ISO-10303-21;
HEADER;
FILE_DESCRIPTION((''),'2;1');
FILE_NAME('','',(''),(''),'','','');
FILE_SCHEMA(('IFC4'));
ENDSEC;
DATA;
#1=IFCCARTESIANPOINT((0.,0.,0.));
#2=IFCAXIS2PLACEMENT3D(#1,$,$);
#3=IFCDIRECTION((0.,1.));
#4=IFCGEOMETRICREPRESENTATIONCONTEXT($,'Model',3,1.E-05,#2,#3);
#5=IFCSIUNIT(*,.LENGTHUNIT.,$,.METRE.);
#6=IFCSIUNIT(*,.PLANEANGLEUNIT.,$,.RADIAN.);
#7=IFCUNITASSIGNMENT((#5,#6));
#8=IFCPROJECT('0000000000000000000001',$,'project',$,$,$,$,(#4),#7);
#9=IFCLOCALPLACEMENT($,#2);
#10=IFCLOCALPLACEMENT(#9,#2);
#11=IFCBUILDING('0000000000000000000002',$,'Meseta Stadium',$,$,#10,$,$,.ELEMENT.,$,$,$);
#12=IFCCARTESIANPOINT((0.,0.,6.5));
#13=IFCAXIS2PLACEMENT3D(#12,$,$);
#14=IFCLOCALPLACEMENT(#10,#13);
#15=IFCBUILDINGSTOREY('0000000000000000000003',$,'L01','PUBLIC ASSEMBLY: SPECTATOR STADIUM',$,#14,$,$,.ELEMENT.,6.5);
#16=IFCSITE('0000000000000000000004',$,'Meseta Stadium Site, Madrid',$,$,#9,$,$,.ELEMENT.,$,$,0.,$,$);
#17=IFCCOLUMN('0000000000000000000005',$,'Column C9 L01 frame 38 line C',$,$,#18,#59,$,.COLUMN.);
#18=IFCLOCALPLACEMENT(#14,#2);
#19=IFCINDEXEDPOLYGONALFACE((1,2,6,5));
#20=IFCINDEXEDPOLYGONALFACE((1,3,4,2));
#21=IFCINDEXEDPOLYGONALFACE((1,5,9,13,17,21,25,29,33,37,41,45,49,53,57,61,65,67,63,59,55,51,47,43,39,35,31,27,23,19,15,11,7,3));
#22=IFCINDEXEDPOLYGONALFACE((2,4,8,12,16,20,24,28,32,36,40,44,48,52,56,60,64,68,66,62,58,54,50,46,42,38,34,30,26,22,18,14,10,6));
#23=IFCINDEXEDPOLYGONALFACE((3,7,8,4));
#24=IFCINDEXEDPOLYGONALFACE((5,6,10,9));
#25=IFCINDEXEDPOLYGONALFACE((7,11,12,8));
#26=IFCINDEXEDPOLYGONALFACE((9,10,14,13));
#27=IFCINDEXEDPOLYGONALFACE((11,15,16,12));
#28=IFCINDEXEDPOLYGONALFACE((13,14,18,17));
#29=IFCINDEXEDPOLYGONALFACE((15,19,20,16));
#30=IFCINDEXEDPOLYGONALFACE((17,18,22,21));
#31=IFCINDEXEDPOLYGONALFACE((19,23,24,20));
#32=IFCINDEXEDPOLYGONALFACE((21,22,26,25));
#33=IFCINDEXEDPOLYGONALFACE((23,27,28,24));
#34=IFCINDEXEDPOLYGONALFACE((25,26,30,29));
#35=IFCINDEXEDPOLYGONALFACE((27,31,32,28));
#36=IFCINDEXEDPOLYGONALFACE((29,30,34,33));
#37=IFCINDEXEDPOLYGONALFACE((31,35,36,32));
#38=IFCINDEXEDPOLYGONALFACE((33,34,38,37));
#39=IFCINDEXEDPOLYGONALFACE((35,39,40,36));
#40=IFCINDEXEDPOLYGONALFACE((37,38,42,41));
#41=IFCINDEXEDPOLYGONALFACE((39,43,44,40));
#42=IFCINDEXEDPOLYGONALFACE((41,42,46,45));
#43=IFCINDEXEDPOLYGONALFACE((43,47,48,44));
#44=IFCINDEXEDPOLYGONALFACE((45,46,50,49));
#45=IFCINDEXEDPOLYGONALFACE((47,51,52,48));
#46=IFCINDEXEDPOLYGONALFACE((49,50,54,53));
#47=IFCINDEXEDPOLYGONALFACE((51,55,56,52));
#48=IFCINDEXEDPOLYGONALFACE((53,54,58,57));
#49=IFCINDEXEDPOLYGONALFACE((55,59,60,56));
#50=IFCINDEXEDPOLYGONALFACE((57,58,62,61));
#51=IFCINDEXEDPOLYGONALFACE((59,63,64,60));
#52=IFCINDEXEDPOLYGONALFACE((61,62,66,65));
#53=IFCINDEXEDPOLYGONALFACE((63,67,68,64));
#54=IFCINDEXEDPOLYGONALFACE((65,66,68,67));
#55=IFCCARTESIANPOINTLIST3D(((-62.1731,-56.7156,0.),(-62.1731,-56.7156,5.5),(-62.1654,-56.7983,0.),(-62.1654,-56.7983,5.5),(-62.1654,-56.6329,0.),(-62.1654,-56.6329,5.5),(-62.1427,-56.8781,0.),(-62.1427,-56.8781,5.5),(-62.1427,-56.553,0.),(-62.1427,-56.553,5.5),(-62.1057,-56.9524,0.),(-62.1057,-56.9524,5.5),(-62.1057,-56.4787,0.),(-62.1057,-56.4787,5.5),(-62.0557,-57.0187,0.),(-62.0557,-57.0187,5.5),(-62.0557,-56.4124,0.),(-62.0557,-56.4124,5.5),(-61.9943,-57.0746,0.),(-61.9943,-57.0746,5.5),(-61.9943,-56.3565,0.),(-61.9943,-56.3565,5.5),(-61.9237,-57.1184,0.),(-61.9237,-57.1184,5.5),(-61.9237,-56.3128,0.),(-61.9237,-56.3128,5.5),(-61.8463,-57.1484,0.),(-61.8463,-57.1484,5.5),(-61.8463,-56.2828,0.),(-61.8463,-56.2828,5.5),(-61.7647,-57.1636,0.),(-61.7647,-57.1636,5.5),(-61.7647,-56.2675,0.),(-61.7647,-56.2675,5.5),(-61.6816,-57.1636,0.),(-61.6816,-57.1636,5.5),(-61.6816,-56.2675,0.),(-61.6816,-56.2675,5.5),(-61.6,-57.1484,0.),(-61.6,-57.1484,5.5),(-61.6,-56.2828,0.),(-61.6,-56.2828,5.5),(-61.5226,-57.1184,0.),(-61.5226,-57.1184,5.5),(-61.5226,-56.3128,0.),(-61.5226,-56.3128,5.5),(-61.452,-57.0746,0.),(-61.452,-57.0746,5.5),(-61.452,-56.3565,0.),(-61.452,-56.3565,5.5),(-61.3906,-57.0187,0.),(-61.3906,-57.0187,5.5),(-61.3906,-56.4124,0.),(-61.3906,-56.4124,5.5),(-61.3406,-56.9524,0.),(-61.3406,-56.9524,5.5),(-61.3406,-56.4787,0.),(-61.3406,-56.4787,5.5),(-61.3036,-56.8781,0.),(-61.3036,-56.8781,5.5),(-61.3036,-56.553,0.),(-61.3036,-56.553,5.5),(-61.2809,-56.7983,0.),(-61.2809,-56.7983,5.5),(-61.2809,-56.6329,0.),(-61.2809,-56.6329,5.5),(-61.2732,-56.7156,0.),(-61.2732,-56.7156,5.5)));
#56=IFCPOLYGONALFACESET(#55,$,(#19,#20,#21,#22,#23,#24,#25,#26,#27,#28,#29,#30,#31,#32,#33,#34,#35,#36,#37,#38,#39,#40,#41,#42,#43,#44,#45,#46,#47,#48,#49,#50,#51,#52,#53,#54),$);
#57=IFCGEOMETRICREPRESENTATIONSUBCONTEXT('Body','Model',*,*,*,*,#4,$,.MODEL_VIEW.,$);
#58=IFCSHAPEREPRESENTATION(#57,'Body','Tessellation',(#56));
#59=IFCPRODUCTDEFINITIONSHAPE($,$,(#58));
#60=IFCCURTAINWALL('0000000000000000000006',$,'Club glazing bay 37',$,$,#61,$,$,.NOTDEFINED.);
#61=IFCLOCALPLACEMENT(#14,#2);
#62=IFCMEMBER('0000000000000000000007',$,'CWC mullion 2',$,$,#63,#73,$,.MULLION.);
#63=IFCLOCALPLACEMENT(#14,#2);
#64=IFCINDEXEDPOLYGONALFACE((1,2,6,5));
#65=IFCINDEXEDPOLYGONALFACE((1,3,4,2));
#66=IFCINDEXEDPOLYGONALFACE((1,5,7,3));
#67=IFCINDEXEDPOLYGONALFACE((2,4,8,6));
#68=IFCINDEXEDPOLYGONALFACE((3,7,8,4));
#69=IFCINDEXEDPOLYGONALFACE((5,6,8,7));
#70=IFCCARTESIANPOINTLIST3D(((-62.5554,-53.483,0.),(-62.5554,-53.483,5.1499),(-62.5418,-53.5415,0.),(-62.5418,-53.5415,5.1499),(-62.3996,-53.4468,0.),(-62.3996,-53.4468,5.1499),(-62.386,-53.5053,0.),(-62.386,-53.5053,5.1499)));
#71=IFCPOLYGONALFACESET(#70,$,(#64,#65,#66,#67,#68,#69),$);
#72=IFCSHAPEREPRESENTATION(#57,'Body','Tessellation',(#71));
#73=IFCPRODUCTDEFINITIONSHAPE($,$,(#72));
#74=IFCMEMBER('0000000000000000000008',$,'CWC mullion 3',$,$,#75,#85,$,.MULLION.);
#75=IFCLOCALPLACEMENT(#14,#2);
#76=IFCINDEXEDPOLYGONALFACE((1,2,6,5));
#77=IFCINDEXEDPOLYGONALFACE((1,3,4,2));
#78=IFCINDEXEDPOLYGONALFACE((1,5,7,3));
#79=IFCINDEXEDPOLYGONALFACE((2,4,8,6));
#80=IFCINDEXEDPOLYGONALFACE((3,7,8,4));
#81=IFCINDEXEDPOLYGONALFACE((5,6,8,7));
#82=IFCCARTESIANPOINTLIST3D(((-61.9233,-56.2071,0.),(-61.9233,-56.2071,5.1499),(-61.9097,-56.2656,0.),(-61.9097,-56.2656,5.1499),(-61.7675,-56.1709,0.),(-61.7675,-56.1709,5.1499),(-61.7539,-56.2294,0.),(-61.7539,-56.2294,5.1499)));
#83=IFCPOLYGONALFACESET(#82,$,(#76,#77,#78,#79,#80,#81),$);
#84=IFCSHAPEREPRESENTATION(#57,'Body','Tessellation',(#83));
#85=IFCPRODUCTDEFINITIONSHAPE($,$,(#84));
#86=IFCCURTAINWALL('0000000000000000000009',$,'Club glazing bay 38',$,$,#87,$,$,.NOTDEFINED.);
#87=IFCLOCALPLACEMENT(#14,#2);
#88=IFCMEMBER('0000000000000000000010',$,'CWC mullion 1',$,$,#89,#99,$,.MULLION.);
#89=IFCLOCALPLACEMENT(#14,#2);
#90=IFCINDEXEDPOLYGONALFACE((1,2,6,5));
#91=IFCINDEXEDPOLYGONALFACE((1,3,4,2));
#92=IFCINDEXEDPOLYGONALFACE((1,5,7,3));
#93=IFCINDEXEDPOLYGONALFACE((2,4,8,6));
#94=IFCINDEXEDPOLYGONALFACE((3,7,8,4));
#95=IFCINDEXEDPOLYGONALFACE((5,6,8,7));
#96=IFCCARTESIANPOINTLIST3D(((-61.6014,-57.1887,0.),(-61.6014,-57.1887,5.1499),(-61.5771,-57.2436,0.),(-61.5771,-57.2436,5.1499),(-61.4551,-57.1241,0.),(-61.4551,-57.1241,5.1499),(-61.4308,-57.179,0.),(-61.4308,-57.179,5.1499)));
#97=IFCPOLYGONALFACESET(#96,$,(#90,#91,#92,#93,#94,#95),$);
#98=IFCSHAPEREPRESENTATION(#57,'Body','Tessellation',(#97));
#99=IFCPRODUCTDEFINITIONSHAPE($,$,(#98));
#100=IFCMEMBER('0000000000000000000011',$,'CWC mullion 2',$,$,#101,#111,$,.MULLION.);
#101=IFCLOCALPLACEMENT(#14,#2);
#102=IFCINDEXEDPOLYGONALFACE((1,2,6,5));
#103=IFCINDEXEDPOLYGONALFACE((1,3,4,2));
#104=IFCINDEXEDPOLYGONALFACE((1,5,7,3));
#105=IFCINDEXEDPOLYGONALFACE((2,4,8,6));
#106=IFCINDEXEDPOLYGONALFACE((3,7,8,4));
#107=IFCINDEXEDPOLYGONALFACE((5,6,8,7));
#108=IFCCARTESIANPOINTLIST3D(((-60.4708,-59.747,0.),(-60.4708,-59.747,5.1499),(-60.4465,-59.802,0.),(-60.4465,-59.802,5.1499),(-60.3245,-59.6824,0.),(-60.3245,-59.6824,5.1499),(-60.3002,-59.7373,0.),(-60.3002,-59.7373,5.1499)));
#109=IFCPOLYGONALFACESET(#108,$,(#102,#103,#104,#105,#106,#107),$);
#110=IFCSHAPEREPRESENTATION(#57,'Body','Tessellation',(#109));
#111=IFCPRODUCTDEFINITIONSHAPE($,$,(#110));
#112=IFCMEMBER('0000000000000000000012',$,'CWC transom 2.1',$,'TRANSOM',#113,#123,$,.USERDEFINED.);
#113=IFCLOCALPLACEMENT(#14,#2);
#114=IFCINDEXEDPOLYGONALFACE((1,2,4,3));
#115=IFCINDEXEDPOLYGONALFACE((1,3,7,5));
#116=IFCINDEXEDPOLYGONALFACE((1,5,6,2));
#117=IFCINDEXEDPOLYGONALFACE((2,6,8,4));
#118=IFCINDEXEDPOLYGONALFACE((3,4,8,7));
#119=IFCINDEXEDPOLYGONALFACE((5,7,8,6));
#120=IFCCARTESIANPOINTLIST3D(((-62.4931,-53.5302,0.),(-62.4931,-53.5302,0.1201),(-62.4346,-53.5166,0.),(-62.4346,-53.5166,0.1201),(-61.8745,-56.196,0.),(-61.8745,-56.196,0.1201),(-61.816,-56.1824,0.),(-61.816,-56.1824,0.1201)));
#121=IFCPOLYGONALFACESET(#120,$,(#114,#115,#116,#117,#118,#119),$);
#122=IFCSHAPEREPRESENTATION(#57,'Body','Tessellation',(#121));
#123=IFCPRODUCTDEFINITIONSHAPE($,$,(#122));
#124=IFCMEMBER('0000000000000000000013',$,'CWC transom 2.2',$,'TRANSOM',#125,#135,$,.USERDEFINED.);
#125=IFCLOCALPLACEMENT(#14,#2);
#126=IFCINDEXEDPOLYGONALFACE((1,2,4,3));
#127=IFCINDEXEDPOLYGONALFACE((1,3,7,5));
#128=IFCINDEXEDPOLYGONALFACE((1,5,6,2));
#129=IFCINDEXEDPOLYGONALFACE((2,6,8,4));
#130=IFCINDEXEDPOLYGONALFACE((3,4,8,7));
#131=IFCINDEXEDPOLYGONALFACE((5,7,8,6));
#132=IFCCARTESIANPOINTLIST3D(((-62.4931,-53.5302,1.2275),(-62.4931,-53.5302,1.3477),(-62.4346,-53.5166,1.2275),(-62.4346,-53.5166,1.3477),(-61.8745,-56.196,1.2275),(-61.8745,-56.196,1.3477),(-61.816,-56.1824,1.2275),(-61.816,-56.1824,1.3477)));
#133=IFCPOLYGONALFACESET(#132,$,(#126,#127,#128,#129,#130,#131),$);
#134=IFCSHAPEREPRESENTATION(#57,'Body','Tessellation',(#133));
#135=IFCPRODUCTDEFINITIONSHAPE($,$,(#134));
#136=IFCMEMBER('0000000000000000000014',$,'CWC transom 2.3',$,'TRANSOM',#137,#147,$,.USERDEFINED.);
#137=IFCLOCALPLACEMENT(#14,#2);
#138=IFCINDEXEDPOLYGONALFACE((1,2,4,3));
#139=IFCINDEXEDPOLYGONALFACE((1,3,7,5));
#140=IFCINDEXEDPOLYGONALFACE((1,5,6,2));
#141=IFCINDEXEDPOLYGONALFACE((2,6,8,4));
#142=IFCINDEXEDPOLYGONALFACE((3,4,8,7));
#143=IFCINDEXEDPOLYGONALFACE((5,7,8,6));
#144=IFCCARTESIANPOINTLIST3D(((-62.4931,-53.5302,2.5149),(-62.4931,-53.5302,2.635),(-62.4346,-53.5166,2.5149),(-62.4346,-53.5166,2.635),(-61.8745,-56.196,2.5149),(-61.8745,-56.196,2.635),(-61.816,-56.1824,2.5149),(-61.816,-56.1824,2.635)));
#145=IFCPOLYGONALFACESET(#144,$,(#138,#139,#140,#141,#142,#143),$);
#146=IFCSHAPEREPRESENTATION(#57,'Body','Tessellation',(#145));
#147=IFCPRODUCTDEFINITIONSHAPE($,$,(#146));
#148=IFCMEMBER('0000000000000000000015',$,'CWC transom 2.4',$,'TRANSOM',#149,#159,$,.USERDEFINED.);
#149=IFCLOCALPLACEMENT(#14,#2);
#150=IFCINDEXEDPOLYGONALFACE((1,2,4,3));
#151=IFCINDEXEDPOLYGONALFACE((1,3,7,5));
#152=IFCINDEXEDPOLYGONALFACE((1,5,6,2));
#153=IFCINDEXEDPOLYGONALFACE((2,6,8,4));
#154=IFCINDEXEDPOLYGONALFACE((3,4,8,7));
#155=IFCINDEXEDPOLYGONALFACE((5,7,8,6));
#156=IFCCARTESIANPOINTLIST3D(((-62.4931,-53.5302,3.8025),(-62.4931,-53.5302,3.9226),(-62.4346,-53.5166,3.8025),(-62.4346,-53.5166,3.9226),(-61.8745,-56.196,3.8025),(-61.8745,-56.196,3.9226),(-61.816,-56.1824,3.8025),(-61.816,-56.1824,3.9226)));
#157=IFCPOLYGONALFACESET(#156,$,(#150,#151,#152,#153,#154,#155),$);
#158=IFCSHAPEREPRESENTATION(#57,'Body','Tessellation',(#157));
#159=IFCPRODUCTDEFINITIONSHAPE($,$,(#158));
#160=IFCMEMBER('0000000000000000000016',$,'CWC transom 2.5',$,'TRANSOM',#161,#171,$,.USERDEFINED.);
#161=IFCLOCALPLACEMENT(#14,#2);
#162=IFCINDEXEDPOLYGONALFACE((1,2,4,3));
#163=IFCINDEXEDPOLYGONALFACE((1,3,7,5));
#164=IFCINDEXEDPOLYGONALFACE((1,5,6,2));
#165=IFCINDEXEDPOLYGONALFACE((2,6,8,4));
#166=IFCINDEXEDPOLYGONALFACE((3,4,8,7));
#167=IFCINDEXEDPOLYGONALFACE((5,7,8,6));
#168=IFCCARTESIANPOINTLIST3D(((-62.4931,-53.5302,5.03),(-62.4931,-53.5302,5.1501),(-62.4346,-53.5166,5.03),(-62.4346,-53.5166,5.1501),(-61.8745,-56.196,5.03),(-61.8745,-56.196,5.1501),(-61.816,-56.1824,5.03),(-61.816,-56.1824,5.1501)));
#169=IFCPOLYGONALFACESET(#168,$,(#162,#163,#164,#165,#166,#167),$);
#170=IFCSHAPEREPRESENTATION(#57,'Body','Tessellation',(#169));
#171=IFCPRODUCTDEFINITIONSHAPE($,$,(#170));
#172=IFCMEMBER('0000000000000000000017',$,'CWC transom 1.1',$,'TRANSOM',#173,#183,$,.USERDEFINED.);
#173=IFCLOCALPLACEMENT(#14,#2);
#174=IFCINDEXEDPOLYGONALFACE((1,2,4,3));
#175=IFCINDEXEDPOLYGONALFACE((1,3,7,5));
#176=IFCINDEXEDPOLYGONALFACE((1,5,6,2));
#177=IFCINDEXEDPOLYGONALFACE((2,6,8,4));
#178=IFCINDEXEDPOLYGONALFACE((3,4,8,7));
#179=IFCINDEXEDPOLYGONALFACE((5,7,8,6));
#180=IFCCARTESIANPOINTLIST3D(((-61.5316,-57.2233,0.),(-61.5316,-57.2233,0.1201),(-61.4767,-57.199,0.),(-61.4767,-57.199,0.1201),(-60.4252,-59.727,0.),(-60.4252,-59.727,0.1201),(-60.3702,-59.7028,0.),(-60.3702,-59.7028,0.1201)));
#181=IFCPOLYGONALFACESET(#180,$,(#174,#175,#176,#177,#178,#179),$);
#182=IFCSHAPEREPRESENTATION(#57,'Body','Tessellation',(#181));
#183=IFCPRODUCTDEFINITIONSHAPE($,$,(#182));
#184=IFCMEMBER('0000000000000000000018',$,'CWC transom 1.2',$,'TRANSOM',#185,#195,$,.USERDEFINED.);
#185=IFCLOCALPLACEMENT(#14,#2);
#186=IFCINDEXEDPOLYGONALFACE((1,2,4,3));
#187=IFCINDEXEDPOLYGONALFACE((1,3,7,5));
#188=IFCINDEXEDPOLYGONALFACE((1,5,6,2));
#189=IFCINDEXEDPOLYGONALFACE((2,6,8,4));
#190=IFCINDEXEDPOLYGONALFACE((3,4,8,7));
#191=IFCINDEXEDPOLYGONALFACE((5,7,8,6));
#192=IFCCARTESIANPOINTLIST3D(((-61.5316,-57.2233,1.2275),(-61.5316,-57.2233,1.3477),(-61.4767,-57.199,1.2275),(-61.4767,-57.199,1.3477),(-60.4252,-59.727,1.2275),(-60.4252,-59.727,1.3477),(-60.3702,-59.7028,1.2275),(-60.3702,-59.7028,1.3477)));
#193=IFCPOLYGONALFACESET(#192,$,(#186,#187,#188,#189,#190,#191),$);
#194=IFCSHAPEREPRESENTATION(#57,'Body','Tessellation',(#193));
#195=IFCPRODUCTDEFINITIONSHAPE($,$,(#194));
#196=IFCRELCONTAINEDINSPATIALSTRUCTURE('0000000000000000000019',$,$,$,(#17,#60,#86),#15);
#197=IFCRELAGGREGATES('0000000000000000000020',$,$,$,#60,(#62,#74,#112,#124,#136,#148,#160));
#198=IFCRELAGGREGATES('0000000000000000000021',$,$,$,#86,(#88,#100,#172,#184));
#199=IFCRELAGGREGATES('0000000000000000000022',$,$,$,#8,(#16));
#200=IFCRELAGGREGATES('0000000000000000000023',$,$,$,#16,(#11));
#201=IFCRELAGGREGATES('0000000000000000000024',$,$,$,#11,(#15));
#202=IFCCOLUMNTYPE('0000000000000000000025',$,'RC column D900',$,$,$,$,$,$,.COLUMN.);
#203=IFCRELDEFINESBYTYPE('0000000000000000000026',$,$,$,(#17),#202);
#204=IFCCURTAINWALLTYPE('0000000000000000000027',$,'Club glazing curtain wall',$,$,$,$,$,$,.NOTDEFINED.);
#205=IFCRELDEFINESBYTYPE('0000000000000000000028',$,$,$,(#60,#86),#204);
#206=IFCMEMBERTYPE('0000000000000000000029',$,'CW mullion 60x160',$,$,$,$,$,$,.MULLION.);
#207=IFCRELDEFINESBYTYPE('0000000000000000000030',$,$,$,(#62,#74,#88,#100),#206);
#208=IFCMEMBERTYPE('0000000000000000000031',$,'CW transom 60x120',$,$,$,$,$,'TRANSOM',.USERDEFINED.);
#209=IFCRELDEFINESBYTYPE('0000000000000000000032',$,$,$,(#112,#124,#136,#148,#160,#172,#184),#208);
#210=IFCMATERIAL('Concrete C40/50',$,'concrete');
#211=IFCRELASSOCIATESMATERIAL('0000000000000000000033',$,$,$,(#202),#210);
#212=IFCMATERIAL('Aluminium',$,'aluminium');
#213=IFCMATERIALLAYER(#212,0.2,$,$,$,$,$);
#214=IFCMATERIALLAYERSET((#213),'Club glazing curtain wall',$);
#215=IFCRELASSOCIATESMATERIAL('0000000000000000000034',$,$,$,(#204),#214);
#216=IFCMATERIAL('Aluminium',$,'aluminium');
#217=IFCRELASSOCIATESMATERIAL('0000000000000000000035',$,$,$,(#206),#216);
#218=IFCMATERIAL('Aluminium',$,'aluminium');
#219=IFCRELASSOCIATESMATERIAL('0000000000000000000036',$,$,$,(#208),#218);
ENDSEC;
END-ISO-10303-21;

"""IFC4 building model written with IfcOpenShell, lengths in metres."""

from ifc_helpers import new_model, si_unit, direction, frame, origin, origin_2d, place, context, subcontext, project, spatial, rectangle, circle, extrude, material, layer, layer_set, material_profile, profile_set, type_object, element, aggregate, save


model = new_model("IFC4")

# Units and contexts
model_context = context("Model", 3, precision=1e-05, world=origin(), true_north=direction((0.0, 1.0)))
body_context = subcontext(model_context, "Body", "Model", "MODEL_VIEW")
ifc_project = project(units=[si_unit("LENGTHUNIT", "METRE"), si_unit("PLANEANGLEUNIT", "RADIAN")], contexts=[model_context])

# Site, building, storey
site_placement = place(None, origin())
site = spatial("IfcSite", under=ifc_project, at=site_placement, Name="Meseta Stadium Site, Madrid", CompositionType="ELEMENT", RefElevation=0.0)
building_placement = place(site_placement, origin())
building = spatial("IfcBuilding", under=site, at=building_placement, Name="Meseta Stadium", CompositionType="ELEMENT")
storey_placement = place(building_placement, frame((0.0, 0.0, 6.5)))
storey = spatial("IfcBuildingStorey", under=building, at=storey_placement, Name="L01", Description="PUBLIC ASSEMBLY: SPECTATOR STADIUM", CompositionType="ELEMENT", Elevation=6.5)

# Column
ifc_material_1 = material(Name="Concrete C40/50", Category="concrete")
ifc_material_profile_1 = material_profile(ifc_material_1, circle(Radius=0.45, at=origin_2d()), Name="RC D900")
ifc_profile_set_1 = profile_set([ifc_material_profile_1], Name="Concrete C40/50")
column_type = type_object("IfcColumnType", Name="RC column D900", PredefinedType="COLUMN", material=ifc_profile_set_1)
column_placement = place(storey_placement, frame((-61.7231, -56.7156, 0.0), z_axis=(0.0, 0.0, 1.0), x_axis=(1.0, 0.0, 0.0)))
element("IfcColumn", 1, at=column_placement, inside=storey, type_object=column_type, Name="Column C9 L01 frame 38 line C", PredefinedType="COLUMN", context=body_context, shape_type="SweptSolid", body=[
    extrude(circle(Radius=0.45, at=origin_2d()), origin(), (0.0, 0.0, 1.0), 5.5),
])

# Curtain walls, members
ifc_material_2 = material(Name="Aluminium", Category="aluminium")
ifc_layer_1 = layer(ifc_material_2, 0.2)
ifc_layer_set_1 = layer_set([ifc_layer_1], Name="Club glazing curtain wall")
curtain_wall_type = type_object("IfcCurtainWallType", Name="Club glazing curtain wall", PredefinedType="NOTDEFINED", material=ifc_layer_set_1)
curtain_wall_1_placement = place(storey_placement, origin())
curtain_wall_1 = element("IfcCurtainWall", 2, at=curtain_wall_1_placement, inside=storey, type_object=curtain_wall_type, Name="Club glazing bay 37", PredefinedType="NOTDEFINED")
ifc_material_3 = material(Name="Aluminium", Category="aluminium")
ifc_material_profile_2 = material_profile(ifc_material_3, rectangle(XDim=0.1599, YDim=0.0601, at=origin_2d()), Name="CW 160x60")
ifc_profile_set_2 = profile_set([ifc_material_profile_2], Name="Aluminium")
member_type_1 = type_object("IfcMemberType", Name="CW mullion 60x160", PredefinedType="MULLION", material=ifc_profile_set_2)
member_1_placement = place(storey_placement, frame((-62.4707, -53.4941, 0.0), z_axis=(0.0, 0.0, 1.0), x_axis=(0.974116, 0.226048, 0.0)))
member_1 = element("IfcMember", 3, at=member_1_placement, type_object=member_type_1, Name="CWC mullion 2", PredefinedType="MULLION", context=body_context, shape_type="SweptSolid", body=[
    extrude(rectangle(XDim=0.1599, YDim=0.0601, at=origin_2d()), origin(), (0.0, 0.0, 1.0), 5.1499),
])
member_2_placement = place(storey_placement, frame((-61.8386, -56.2183, 0.0), z_axis=(0.0, 0.0, 1.0), x_axis=(0.974116, 0.226048, 0.0)))
member_2 = element("IfcMember", 4, at=member_2_placement, type_object=member_type_1, Name="CWC mullion 3", PredefinedType="MULLION", context=body_context, shape_type="SweptSolid", body=[
    extrude(rectangle(XDim=0.1599, YDim=0.0601, at=origin_2d()), origin(), (0.0, 0.0, 1.0), 5.1499),
])
curtain_wall_2_placement = place(storey_placement, origin())
curtain_wall_2 = element("IfcCurtainWall", 5, at=curtain_wall_2_placement, inside=storey, type_object=curtain_wall_type, Name="Club glazing bay 38", PredefinedType="NOTDEFINED")
member_3_placement = place(storey_placement, frame((-61.5161, -57.1838, 0.0), z_axis=(0.0, 0.0, 1.0), x_axis=(0.914657, 0.40423, 0.0)))
member_3 = element("IfcMember", 6, at=member_3_placement, type_object=member_type_1, Name="CWC mullion 1", PredefinedType="MULLION", context=body_context, shape_type="SweptSolid", body=[
    extrude(rectangle(XDim=0.1599, YDim=0.0601, at=origin_2d()), origin(), (0.0, 0.0, 1.0), 5.1499),
])
member_4_placement = place(storey_placement, frame((-60.3855, -59.7422, 0.0), z_axis=(0.0, 0.0, 1.0), x_axis=(0.914657, 0.40423, 0.0)))
member_4 = element("IfcMember", 7, at=member_4_placement, type_object=member_type_1, Name="CWC mullion 2", PredefinedType="MULLION", context=body_context, shape_type="SweptSolid", body=[
    extrude(rectangle(XDim=0.1599, YDim=0.0601, at=origin_2d()), origin(), (0.0, 0.0, 1.0), 5.1499),
])

# Members
ifc_material_4 = material(Name="Aluminium", Category="aluminium")
ifc_material_profile_3 = material_profile(ifc_material_4, rectangle(XDim=0.0601, YDim=0.1201, at=origin_2d()), Name="CW 60x120")
ifc_profile_set_3 = profile_set([ifc_material_profile_3], Name="Aluminium")
member_type_2 = type_object("IfcMemberType", Name="CW transom 60x120", ElementType="TRANSOM", PredefinedType="USERDEFINED", material=ifc_profile_set_3)
member_5_placement = place(storey_placement, frame((-62.4639, -53.5234, 0.0601), z_axis=(0.226065, -0.974112, 0.0), x_axis=(0.974112, 0.226065, 0.0)))
member_5 = element("IfcMember", 8, at=member_5_placement, type_object=member_type_2, Name="CWC transom 2.1", ObjectType="TRANSOM", PredefinedType="USERDEFINED", context=body_context, shape_type="SweptSolid", body=[
    extrude(rectangle(XDim=0.0601, YDim=0.1201, at=origin_2d()), origin(), (0.0, 0.0, 1.0), 2.7366),
])
member_6_placement = place(storey_placement, frame((-62.4639, -53.5234, 1.2876), z_axis=(0.226065, -0.974112, 0.0), x_axis=(0.974112, 0.226065, 0.0)))
member_6 = element("IfcMember", 9, at=member_6_placement, type_object=member_type_2, Name="CWC transom 2.2", ObjectType="TRANSOM", PredefinedType="USERDEFINED", context=body_context, shape_type="SweptSolid", body=[
    extrude(rectangle(XDim=0.0601, YDim=0.1201, at=origin_2d()), origin(), (0.0, 0.0, 1.0), 2.7366),
])
member_7_placement = place(storey_placement, frame((-62.4639, -53.5234, 2.575), z_axis=(0.226065, -0.974112, 0.0), x_axis=(0.974112, 0.226065, 0.0)))
member_7 = element("IfcMember", 10, at=member_7_placement, type_object=member_type_2, Name="CWC transom 2.3", ObjectType="TRANSOM", PredefinedType="USERDEFINED", context=body_context, shape_type="SweptSolid", body=[
    extrude(rectangle(XDim=0.0601, YDim=0.1201, at=origin_2d()), origin(), (0.0, 0.0, 1.0), 2.7366),
])
member_8_placement = place(storey_placement, frame((-62.4639, -53.5234, 3.8625), z_axis=(0.226065, -0.974112, 0.0), x_axis=(0.974112, 0.226065, 0.0)))
member_8 = element("IfcMember", 11, at=member_8_placement, type_object=member_type_2, Name="CWC transom 2.4", ObjectType="TRANSOM", PredefinedType="USERDEFINED", context=body_context, shape_type="SweptSolid", body=[
    extrude(rectangle(XDim=0.0601, YDim=0.1201, at=origin_2d()), origin(), (0.0, 0.0, 1.0), 2.7366),
])
member_9_placement = place(storey_placement, frame((-62.4639, -53.5234, 5.0901), z_axis=(0.226065, -0.974112, 0.0), x_axis=(0.974112, 0.226065, 0.0)))
member_9 = element("IfcMember", 12, at=member_9_placement, type_object=member_type_2, Name="CWC transom 2.5", ObjectType="TRANSOM", PredefinedType="USERDEFINED", context=body_context, shape_type="SweptSolid", body=[
    extrude(rectangle(XDim=0.0601, YDim=0.1201, at=origin_2d()), origin(), (0.0, 0.0, 1.0), 2.7366),
])
member_10_placement = place(storey_placement, frame((-61.5042, -57.2112, 0.0601), z_axis=(0.404218, -0.914663, 0.0), x_axis=(0.914663, 0.404218, 0.0)))
member_10 = element("IfcMember", 13, at=member_10_placement, type_object=member_type_2, Name="CWC transom 1.1", ObjectType="TRANSOM", PredefinedType="USERDEFINED", context=body_context, shape_type="SweptSolid", body=[
    extrude(rectangle(XDim=0.0601, YDim=0.1201, at=origin_2d()), origin(), (0.0, 0.0, 1.0), 2.7373),
])
member_11_placement = place(storey_placement, frame((-61.5042, -57.2112, 1.2876), z_axis=(0.404218, -0.914663, 0.0), x_axis=(0.914663, 0.404218, 0.0)))
member_11 = element("IfcMember", 14, at=member_11_placement, type_object=member_type_2, Name="CWC transom 1.2", ObjectType="TRANSOM", PredefinedType="USERDEFINED", context=body_context, shape_type="SweptSolid", body=[
    extrude(rectangle(XDim=0.0601, YDim=0.1201, at=origin_2d()), origin(), (0.0, 0.0, 1.0), 2.7373),
])

aggregate(curtain_wall_1, [member_1, member_2, member_5, member_6, member_7, member_8, member_9])
aggregate(curtain_wall_2, [member_3, member_4, member_10, member_11])

save(model, "model.ifc")
